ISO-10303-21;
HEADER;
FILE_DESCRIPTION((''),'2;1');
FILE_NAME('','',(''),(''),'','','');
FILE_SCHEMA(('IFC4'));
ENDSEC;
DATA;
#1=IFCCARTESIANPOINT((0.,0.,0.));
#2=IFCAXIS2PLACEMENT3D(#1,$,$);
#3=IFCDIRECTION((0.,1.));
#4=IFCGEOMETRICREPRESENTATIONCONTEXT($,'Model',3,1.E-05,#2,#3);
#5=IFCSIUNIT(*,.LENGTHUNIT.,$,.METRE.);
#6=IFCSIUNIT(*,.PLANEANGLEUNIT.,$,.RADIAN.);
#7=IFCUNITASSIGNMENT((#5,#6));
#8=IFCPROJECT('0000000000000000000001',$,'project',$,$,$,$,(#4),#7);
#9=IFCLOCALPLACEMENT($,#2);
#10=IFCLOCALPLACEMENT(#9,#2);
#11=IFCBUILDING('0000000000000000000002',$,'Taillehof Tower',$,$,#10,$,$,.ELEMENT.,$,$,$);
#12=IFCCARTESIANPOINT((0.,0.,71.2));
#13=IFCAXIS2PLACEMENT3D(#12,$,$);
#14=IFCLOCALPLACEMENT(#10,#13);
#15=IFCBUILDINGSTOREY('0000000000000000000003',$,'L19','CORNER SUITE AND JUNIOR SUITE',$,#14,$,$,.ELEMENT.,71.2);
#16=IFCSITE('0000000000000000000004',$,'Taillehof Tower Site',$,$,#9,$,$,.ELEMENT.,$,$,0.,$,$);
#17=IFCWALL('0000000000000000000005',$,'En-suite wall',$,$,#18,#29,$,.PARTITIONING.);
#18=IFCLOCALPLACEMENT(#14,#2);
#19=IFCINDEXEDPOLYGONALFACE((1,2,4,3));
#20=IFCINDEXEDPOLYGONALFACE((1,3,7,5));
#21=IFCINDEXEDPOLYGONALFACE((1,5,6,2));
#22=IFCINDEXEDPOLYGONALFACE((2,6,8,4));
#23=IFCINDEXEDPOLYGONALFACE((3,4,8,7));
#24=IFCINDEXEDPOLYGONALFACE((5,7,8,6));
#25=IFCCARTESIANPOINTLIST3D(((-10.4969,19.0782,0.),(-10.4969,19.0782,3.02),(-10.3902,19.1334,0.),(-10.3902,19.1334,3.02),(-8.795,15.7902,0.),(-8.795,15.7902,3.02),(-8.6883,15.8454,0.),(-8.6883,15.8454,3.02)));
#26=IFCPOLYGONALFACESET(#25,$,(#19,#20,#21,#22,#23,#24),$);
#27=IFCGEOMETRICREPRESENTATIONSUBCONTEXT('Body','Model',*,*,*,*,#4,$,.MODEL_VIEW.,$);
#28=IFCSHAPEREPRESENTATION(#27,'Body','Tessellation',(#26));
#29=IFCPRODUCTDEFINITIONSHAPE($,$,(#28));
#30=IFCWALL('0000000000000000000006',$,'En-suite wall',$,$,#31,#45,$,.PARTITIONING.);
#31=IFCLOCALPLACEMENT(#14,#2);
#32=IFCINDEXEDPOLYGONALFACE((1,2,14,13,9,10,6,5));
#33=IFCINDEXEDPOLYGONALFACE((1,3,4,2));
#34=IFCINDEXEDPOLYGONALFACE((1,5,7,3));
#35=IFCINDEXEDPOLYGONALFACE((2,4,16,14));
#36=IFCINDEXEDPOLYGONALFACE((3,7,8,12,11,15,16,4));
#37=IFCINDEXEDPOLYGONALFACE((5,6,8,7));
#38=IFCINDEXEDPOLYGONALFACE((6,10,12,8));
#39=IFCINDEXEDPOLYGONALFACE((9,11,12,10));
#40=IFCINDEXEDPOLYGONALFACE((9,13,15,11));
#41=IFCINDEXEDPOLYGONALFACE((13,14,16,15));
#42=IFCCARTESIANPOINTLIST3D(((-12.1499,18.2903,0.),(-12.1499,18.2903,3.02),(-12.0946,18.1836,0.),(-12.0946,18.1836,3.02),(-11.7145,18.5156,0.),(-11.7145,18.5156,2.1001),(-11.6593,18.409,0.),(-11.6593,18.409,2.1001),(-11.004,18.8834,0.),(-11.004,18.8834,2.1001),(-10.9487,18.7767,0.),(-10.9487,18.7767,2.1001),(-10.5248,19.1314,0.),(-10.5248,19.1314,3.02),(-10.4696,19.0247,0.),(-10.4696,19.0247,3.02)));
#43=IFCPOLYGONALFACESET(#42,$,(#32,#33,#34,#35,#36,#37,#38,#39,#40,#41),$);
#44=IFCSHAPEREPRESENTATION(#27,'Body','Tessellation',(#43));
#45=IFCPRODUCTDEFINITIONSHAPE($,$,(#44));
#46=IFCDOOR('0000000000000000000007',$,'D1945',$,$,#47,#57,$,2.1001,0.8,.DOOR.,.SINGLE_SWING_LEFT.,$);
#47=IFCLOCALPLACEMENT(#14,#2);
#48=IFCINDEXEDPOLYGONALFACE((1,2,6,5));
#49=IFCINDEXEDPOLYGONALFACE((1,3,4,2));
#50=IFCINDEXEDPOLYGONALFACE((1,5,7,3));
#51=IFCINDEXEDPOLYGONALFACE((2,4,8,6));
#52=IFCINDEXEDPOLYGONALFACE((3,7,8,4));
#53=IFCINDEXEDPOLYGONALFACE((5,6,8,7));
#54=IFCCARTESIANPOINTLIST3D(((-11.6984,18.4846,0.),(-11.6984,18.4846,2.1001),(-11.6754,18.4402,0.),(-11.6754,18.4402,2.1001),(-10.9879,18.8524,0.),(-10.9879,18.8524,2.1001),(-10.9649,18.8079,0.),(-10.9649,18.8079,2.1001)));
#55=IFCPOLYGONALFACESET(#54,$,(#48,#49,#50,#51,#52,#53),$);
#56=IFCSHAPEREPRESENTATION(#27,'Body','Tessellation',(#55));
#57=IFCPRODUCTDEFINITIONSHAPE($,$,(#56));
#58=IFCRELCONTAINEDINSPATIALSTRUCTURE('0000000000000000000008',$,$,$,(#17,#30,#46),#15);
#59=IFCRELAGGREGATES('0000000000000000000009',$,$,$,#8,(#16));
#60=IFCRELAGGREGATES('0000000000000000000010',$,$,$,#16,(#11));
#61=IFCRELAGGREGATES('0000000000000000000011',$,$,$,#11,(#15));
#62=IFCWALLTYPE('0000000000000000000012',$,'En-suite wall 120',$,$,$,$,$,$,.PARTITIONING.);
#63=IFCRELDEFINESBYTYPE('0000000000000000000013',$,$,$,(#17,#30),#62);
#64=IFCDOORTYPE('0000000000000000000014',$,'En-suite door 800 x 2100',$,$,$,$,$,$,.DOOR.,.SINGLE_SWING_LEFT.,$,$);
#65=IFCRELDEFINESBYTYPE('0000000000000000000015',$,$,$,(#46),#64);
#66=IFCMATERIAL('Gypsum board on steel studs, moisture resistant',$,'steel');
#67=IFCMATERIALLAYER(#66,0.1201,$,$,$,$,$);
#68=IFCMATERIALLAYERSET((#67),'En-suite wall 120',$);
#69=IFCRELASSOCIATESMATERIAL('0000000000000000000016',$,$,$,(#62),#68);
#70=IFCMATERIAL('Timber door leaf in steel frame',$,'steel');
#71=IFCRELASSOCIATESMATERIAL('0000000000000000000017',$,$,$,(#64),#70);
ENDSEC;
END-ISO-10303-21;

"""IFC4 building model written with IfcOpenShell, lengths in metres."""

from ifc_helpers import new_model, si_unit, direction, frame, frame_2d, origin, place, context, subcontext, project, spatial, rectangle, extrude, material, layer, layer_set, type_object, element, fill, save


model = new_model("IFC4")

# Units and contexts
model_context = context("Model", 3, precision=1e-05, world=origin(), true_north=direction((0.0, 1.0)))
body_context = subcontext(model_context, "Body", "Model", "MODEL_VIEW")
ifc_project = project(units=[si_unit("LENGTHUNIT", "METRE"), si_unit("PLANEANGLEUNIT", "RADIAN")], contexts=[model_context])

# Site, building, storey
site_placement = place(None, origin())
site = spatial("IfcSite", under=ifc_project, at=site_placement, Name="Taillehof Tower Site", CompositionType="ELEMENT", RefElevation=0.0)
building_placement = place(site_placement, origin())
building = spatial("IfcBuilding", under=site, at=building_placement, Name="Taillehof Tower", CompositionType="ELEMENT")
storey_placement = place(building_placement, frame((0.0, 0.0, 71.2)))
storey = spatial("IfcBuildingStorey", under=building, at=storey_placement, Name="L19", Description="CORNER SUITE AND JUNIOR SUITE", CompositionType="ELEMENT", Elevation=71.2)

# Wall
ifc_material_1 = material(Name="Gypsum board on steel studs, moisture resistant", Category="steel")
ifc_layer_1 = layer(ifc_material_1, 0.1201)
ifc_layer_set_1 = layer_set([ifc_layer_1], Name="En-suite wall 120")
wall_type_1 = type_object("IfcWallType", Name="En-suite wall 120", PredefinedType="PARTITIONING", material=ifc_layer_set_1)
wall_1_placement = place(storey_placement, frame((-8.7417, 15.8179, 0.0), z_axis=(0.0, 0.0, 1.0), x_axis=(-0.459672, 0.888089, 0.0)))
element("IfcWall", 1, at=wall_1_placement, inside=storey, type_object=wall_type_1, Name="En-suite wall", PredefinedType="PARTITIONING", context=body_context, shape_type="SweptSolid", body=[
    extrude(rectangle(XDim=3.7024, YDim=0.1201, at=frame_2d((1.8511, 0.0))), origin(), (0.0, 0.0, 1.0), 3.02),
])

# Wall, opening, door
wall_2_placement = place(storey_placement, frame((-10.4971, 19.0781, 0.0), z_axis=(0.0, 0.0, 1.0), x_axis=(-0.888096, -0.459659, 0.0)))
wall_2 = element("IfcWall", 2, at=wall_2_placement, inside=storey, type_object=wall_type_1, Name="En-suite wall", PredefinedType="PARTITIONING", context=body_context, shape_type="SweptSolid", body=[
    extrude(rectangle(XDim=1.8298, YDim=0.1201, at=frame_2d((0.915, 0.0))), origin(), (0.0, 0.0, 1.0), 3.02),
])
opening_1_placement = place(wall_2_placement, frame((0.5398, 0.0, 0.0)))
opening_1 = element("IfcOpeningElement", 3, at=opening_1_placement, cuts=wall_2, PredefinedType="OPENING", context=body_context, shape_type="SweptSolid", body=[
    extrude(rectangle(XDim=0.8, YDim=2.1001, at=frame_2d((0.3999, 1.05))), frame((0.0, 0.0701, 0.0), z_axis=(0.0, -1.0, 0.0), x_axis=(1.0, 0.0, 0.0)), (0.0, 0.0, 1.0), 0.1401),
])
ifc_material_2 = material(Name="Timber door leaf in steel frame", Category="steel")
door_type_1 = type_object("IfcDoorType", Name="En-suite door 800 x 2100", OperationType="SINGLE_SWING_LEFT", PredefinedType="DOOR", material=ifc_material_2)
door_1_placement = place(opening_1_placement, origin())
door_1 = element("IfcDoor", 4, at=door_1_placement, inside=storey, type_object=door_type_1, Name="D1945", OperationType="SINGLE_SWING_LEFT", OverallHeight=2.1001, OverallWidth=0.8, PredefinedType="DOOR", context=body_context, shape_type="SweptSolid", body=[
    extrude(rectangle(XDim=0.8, YDim=2.1001, at=frame_2d((0.3999, 1.05))), frame((0.0, 0.0249, 0.0), z_axis=(0.0, -1.0, 0.0), x_axis=(1.0, 0.0, 0.0)), (0.0, 0.0, 1.0), 0.05),
])
fill(opening_1, door_1)

save(model, "model.ifc")
